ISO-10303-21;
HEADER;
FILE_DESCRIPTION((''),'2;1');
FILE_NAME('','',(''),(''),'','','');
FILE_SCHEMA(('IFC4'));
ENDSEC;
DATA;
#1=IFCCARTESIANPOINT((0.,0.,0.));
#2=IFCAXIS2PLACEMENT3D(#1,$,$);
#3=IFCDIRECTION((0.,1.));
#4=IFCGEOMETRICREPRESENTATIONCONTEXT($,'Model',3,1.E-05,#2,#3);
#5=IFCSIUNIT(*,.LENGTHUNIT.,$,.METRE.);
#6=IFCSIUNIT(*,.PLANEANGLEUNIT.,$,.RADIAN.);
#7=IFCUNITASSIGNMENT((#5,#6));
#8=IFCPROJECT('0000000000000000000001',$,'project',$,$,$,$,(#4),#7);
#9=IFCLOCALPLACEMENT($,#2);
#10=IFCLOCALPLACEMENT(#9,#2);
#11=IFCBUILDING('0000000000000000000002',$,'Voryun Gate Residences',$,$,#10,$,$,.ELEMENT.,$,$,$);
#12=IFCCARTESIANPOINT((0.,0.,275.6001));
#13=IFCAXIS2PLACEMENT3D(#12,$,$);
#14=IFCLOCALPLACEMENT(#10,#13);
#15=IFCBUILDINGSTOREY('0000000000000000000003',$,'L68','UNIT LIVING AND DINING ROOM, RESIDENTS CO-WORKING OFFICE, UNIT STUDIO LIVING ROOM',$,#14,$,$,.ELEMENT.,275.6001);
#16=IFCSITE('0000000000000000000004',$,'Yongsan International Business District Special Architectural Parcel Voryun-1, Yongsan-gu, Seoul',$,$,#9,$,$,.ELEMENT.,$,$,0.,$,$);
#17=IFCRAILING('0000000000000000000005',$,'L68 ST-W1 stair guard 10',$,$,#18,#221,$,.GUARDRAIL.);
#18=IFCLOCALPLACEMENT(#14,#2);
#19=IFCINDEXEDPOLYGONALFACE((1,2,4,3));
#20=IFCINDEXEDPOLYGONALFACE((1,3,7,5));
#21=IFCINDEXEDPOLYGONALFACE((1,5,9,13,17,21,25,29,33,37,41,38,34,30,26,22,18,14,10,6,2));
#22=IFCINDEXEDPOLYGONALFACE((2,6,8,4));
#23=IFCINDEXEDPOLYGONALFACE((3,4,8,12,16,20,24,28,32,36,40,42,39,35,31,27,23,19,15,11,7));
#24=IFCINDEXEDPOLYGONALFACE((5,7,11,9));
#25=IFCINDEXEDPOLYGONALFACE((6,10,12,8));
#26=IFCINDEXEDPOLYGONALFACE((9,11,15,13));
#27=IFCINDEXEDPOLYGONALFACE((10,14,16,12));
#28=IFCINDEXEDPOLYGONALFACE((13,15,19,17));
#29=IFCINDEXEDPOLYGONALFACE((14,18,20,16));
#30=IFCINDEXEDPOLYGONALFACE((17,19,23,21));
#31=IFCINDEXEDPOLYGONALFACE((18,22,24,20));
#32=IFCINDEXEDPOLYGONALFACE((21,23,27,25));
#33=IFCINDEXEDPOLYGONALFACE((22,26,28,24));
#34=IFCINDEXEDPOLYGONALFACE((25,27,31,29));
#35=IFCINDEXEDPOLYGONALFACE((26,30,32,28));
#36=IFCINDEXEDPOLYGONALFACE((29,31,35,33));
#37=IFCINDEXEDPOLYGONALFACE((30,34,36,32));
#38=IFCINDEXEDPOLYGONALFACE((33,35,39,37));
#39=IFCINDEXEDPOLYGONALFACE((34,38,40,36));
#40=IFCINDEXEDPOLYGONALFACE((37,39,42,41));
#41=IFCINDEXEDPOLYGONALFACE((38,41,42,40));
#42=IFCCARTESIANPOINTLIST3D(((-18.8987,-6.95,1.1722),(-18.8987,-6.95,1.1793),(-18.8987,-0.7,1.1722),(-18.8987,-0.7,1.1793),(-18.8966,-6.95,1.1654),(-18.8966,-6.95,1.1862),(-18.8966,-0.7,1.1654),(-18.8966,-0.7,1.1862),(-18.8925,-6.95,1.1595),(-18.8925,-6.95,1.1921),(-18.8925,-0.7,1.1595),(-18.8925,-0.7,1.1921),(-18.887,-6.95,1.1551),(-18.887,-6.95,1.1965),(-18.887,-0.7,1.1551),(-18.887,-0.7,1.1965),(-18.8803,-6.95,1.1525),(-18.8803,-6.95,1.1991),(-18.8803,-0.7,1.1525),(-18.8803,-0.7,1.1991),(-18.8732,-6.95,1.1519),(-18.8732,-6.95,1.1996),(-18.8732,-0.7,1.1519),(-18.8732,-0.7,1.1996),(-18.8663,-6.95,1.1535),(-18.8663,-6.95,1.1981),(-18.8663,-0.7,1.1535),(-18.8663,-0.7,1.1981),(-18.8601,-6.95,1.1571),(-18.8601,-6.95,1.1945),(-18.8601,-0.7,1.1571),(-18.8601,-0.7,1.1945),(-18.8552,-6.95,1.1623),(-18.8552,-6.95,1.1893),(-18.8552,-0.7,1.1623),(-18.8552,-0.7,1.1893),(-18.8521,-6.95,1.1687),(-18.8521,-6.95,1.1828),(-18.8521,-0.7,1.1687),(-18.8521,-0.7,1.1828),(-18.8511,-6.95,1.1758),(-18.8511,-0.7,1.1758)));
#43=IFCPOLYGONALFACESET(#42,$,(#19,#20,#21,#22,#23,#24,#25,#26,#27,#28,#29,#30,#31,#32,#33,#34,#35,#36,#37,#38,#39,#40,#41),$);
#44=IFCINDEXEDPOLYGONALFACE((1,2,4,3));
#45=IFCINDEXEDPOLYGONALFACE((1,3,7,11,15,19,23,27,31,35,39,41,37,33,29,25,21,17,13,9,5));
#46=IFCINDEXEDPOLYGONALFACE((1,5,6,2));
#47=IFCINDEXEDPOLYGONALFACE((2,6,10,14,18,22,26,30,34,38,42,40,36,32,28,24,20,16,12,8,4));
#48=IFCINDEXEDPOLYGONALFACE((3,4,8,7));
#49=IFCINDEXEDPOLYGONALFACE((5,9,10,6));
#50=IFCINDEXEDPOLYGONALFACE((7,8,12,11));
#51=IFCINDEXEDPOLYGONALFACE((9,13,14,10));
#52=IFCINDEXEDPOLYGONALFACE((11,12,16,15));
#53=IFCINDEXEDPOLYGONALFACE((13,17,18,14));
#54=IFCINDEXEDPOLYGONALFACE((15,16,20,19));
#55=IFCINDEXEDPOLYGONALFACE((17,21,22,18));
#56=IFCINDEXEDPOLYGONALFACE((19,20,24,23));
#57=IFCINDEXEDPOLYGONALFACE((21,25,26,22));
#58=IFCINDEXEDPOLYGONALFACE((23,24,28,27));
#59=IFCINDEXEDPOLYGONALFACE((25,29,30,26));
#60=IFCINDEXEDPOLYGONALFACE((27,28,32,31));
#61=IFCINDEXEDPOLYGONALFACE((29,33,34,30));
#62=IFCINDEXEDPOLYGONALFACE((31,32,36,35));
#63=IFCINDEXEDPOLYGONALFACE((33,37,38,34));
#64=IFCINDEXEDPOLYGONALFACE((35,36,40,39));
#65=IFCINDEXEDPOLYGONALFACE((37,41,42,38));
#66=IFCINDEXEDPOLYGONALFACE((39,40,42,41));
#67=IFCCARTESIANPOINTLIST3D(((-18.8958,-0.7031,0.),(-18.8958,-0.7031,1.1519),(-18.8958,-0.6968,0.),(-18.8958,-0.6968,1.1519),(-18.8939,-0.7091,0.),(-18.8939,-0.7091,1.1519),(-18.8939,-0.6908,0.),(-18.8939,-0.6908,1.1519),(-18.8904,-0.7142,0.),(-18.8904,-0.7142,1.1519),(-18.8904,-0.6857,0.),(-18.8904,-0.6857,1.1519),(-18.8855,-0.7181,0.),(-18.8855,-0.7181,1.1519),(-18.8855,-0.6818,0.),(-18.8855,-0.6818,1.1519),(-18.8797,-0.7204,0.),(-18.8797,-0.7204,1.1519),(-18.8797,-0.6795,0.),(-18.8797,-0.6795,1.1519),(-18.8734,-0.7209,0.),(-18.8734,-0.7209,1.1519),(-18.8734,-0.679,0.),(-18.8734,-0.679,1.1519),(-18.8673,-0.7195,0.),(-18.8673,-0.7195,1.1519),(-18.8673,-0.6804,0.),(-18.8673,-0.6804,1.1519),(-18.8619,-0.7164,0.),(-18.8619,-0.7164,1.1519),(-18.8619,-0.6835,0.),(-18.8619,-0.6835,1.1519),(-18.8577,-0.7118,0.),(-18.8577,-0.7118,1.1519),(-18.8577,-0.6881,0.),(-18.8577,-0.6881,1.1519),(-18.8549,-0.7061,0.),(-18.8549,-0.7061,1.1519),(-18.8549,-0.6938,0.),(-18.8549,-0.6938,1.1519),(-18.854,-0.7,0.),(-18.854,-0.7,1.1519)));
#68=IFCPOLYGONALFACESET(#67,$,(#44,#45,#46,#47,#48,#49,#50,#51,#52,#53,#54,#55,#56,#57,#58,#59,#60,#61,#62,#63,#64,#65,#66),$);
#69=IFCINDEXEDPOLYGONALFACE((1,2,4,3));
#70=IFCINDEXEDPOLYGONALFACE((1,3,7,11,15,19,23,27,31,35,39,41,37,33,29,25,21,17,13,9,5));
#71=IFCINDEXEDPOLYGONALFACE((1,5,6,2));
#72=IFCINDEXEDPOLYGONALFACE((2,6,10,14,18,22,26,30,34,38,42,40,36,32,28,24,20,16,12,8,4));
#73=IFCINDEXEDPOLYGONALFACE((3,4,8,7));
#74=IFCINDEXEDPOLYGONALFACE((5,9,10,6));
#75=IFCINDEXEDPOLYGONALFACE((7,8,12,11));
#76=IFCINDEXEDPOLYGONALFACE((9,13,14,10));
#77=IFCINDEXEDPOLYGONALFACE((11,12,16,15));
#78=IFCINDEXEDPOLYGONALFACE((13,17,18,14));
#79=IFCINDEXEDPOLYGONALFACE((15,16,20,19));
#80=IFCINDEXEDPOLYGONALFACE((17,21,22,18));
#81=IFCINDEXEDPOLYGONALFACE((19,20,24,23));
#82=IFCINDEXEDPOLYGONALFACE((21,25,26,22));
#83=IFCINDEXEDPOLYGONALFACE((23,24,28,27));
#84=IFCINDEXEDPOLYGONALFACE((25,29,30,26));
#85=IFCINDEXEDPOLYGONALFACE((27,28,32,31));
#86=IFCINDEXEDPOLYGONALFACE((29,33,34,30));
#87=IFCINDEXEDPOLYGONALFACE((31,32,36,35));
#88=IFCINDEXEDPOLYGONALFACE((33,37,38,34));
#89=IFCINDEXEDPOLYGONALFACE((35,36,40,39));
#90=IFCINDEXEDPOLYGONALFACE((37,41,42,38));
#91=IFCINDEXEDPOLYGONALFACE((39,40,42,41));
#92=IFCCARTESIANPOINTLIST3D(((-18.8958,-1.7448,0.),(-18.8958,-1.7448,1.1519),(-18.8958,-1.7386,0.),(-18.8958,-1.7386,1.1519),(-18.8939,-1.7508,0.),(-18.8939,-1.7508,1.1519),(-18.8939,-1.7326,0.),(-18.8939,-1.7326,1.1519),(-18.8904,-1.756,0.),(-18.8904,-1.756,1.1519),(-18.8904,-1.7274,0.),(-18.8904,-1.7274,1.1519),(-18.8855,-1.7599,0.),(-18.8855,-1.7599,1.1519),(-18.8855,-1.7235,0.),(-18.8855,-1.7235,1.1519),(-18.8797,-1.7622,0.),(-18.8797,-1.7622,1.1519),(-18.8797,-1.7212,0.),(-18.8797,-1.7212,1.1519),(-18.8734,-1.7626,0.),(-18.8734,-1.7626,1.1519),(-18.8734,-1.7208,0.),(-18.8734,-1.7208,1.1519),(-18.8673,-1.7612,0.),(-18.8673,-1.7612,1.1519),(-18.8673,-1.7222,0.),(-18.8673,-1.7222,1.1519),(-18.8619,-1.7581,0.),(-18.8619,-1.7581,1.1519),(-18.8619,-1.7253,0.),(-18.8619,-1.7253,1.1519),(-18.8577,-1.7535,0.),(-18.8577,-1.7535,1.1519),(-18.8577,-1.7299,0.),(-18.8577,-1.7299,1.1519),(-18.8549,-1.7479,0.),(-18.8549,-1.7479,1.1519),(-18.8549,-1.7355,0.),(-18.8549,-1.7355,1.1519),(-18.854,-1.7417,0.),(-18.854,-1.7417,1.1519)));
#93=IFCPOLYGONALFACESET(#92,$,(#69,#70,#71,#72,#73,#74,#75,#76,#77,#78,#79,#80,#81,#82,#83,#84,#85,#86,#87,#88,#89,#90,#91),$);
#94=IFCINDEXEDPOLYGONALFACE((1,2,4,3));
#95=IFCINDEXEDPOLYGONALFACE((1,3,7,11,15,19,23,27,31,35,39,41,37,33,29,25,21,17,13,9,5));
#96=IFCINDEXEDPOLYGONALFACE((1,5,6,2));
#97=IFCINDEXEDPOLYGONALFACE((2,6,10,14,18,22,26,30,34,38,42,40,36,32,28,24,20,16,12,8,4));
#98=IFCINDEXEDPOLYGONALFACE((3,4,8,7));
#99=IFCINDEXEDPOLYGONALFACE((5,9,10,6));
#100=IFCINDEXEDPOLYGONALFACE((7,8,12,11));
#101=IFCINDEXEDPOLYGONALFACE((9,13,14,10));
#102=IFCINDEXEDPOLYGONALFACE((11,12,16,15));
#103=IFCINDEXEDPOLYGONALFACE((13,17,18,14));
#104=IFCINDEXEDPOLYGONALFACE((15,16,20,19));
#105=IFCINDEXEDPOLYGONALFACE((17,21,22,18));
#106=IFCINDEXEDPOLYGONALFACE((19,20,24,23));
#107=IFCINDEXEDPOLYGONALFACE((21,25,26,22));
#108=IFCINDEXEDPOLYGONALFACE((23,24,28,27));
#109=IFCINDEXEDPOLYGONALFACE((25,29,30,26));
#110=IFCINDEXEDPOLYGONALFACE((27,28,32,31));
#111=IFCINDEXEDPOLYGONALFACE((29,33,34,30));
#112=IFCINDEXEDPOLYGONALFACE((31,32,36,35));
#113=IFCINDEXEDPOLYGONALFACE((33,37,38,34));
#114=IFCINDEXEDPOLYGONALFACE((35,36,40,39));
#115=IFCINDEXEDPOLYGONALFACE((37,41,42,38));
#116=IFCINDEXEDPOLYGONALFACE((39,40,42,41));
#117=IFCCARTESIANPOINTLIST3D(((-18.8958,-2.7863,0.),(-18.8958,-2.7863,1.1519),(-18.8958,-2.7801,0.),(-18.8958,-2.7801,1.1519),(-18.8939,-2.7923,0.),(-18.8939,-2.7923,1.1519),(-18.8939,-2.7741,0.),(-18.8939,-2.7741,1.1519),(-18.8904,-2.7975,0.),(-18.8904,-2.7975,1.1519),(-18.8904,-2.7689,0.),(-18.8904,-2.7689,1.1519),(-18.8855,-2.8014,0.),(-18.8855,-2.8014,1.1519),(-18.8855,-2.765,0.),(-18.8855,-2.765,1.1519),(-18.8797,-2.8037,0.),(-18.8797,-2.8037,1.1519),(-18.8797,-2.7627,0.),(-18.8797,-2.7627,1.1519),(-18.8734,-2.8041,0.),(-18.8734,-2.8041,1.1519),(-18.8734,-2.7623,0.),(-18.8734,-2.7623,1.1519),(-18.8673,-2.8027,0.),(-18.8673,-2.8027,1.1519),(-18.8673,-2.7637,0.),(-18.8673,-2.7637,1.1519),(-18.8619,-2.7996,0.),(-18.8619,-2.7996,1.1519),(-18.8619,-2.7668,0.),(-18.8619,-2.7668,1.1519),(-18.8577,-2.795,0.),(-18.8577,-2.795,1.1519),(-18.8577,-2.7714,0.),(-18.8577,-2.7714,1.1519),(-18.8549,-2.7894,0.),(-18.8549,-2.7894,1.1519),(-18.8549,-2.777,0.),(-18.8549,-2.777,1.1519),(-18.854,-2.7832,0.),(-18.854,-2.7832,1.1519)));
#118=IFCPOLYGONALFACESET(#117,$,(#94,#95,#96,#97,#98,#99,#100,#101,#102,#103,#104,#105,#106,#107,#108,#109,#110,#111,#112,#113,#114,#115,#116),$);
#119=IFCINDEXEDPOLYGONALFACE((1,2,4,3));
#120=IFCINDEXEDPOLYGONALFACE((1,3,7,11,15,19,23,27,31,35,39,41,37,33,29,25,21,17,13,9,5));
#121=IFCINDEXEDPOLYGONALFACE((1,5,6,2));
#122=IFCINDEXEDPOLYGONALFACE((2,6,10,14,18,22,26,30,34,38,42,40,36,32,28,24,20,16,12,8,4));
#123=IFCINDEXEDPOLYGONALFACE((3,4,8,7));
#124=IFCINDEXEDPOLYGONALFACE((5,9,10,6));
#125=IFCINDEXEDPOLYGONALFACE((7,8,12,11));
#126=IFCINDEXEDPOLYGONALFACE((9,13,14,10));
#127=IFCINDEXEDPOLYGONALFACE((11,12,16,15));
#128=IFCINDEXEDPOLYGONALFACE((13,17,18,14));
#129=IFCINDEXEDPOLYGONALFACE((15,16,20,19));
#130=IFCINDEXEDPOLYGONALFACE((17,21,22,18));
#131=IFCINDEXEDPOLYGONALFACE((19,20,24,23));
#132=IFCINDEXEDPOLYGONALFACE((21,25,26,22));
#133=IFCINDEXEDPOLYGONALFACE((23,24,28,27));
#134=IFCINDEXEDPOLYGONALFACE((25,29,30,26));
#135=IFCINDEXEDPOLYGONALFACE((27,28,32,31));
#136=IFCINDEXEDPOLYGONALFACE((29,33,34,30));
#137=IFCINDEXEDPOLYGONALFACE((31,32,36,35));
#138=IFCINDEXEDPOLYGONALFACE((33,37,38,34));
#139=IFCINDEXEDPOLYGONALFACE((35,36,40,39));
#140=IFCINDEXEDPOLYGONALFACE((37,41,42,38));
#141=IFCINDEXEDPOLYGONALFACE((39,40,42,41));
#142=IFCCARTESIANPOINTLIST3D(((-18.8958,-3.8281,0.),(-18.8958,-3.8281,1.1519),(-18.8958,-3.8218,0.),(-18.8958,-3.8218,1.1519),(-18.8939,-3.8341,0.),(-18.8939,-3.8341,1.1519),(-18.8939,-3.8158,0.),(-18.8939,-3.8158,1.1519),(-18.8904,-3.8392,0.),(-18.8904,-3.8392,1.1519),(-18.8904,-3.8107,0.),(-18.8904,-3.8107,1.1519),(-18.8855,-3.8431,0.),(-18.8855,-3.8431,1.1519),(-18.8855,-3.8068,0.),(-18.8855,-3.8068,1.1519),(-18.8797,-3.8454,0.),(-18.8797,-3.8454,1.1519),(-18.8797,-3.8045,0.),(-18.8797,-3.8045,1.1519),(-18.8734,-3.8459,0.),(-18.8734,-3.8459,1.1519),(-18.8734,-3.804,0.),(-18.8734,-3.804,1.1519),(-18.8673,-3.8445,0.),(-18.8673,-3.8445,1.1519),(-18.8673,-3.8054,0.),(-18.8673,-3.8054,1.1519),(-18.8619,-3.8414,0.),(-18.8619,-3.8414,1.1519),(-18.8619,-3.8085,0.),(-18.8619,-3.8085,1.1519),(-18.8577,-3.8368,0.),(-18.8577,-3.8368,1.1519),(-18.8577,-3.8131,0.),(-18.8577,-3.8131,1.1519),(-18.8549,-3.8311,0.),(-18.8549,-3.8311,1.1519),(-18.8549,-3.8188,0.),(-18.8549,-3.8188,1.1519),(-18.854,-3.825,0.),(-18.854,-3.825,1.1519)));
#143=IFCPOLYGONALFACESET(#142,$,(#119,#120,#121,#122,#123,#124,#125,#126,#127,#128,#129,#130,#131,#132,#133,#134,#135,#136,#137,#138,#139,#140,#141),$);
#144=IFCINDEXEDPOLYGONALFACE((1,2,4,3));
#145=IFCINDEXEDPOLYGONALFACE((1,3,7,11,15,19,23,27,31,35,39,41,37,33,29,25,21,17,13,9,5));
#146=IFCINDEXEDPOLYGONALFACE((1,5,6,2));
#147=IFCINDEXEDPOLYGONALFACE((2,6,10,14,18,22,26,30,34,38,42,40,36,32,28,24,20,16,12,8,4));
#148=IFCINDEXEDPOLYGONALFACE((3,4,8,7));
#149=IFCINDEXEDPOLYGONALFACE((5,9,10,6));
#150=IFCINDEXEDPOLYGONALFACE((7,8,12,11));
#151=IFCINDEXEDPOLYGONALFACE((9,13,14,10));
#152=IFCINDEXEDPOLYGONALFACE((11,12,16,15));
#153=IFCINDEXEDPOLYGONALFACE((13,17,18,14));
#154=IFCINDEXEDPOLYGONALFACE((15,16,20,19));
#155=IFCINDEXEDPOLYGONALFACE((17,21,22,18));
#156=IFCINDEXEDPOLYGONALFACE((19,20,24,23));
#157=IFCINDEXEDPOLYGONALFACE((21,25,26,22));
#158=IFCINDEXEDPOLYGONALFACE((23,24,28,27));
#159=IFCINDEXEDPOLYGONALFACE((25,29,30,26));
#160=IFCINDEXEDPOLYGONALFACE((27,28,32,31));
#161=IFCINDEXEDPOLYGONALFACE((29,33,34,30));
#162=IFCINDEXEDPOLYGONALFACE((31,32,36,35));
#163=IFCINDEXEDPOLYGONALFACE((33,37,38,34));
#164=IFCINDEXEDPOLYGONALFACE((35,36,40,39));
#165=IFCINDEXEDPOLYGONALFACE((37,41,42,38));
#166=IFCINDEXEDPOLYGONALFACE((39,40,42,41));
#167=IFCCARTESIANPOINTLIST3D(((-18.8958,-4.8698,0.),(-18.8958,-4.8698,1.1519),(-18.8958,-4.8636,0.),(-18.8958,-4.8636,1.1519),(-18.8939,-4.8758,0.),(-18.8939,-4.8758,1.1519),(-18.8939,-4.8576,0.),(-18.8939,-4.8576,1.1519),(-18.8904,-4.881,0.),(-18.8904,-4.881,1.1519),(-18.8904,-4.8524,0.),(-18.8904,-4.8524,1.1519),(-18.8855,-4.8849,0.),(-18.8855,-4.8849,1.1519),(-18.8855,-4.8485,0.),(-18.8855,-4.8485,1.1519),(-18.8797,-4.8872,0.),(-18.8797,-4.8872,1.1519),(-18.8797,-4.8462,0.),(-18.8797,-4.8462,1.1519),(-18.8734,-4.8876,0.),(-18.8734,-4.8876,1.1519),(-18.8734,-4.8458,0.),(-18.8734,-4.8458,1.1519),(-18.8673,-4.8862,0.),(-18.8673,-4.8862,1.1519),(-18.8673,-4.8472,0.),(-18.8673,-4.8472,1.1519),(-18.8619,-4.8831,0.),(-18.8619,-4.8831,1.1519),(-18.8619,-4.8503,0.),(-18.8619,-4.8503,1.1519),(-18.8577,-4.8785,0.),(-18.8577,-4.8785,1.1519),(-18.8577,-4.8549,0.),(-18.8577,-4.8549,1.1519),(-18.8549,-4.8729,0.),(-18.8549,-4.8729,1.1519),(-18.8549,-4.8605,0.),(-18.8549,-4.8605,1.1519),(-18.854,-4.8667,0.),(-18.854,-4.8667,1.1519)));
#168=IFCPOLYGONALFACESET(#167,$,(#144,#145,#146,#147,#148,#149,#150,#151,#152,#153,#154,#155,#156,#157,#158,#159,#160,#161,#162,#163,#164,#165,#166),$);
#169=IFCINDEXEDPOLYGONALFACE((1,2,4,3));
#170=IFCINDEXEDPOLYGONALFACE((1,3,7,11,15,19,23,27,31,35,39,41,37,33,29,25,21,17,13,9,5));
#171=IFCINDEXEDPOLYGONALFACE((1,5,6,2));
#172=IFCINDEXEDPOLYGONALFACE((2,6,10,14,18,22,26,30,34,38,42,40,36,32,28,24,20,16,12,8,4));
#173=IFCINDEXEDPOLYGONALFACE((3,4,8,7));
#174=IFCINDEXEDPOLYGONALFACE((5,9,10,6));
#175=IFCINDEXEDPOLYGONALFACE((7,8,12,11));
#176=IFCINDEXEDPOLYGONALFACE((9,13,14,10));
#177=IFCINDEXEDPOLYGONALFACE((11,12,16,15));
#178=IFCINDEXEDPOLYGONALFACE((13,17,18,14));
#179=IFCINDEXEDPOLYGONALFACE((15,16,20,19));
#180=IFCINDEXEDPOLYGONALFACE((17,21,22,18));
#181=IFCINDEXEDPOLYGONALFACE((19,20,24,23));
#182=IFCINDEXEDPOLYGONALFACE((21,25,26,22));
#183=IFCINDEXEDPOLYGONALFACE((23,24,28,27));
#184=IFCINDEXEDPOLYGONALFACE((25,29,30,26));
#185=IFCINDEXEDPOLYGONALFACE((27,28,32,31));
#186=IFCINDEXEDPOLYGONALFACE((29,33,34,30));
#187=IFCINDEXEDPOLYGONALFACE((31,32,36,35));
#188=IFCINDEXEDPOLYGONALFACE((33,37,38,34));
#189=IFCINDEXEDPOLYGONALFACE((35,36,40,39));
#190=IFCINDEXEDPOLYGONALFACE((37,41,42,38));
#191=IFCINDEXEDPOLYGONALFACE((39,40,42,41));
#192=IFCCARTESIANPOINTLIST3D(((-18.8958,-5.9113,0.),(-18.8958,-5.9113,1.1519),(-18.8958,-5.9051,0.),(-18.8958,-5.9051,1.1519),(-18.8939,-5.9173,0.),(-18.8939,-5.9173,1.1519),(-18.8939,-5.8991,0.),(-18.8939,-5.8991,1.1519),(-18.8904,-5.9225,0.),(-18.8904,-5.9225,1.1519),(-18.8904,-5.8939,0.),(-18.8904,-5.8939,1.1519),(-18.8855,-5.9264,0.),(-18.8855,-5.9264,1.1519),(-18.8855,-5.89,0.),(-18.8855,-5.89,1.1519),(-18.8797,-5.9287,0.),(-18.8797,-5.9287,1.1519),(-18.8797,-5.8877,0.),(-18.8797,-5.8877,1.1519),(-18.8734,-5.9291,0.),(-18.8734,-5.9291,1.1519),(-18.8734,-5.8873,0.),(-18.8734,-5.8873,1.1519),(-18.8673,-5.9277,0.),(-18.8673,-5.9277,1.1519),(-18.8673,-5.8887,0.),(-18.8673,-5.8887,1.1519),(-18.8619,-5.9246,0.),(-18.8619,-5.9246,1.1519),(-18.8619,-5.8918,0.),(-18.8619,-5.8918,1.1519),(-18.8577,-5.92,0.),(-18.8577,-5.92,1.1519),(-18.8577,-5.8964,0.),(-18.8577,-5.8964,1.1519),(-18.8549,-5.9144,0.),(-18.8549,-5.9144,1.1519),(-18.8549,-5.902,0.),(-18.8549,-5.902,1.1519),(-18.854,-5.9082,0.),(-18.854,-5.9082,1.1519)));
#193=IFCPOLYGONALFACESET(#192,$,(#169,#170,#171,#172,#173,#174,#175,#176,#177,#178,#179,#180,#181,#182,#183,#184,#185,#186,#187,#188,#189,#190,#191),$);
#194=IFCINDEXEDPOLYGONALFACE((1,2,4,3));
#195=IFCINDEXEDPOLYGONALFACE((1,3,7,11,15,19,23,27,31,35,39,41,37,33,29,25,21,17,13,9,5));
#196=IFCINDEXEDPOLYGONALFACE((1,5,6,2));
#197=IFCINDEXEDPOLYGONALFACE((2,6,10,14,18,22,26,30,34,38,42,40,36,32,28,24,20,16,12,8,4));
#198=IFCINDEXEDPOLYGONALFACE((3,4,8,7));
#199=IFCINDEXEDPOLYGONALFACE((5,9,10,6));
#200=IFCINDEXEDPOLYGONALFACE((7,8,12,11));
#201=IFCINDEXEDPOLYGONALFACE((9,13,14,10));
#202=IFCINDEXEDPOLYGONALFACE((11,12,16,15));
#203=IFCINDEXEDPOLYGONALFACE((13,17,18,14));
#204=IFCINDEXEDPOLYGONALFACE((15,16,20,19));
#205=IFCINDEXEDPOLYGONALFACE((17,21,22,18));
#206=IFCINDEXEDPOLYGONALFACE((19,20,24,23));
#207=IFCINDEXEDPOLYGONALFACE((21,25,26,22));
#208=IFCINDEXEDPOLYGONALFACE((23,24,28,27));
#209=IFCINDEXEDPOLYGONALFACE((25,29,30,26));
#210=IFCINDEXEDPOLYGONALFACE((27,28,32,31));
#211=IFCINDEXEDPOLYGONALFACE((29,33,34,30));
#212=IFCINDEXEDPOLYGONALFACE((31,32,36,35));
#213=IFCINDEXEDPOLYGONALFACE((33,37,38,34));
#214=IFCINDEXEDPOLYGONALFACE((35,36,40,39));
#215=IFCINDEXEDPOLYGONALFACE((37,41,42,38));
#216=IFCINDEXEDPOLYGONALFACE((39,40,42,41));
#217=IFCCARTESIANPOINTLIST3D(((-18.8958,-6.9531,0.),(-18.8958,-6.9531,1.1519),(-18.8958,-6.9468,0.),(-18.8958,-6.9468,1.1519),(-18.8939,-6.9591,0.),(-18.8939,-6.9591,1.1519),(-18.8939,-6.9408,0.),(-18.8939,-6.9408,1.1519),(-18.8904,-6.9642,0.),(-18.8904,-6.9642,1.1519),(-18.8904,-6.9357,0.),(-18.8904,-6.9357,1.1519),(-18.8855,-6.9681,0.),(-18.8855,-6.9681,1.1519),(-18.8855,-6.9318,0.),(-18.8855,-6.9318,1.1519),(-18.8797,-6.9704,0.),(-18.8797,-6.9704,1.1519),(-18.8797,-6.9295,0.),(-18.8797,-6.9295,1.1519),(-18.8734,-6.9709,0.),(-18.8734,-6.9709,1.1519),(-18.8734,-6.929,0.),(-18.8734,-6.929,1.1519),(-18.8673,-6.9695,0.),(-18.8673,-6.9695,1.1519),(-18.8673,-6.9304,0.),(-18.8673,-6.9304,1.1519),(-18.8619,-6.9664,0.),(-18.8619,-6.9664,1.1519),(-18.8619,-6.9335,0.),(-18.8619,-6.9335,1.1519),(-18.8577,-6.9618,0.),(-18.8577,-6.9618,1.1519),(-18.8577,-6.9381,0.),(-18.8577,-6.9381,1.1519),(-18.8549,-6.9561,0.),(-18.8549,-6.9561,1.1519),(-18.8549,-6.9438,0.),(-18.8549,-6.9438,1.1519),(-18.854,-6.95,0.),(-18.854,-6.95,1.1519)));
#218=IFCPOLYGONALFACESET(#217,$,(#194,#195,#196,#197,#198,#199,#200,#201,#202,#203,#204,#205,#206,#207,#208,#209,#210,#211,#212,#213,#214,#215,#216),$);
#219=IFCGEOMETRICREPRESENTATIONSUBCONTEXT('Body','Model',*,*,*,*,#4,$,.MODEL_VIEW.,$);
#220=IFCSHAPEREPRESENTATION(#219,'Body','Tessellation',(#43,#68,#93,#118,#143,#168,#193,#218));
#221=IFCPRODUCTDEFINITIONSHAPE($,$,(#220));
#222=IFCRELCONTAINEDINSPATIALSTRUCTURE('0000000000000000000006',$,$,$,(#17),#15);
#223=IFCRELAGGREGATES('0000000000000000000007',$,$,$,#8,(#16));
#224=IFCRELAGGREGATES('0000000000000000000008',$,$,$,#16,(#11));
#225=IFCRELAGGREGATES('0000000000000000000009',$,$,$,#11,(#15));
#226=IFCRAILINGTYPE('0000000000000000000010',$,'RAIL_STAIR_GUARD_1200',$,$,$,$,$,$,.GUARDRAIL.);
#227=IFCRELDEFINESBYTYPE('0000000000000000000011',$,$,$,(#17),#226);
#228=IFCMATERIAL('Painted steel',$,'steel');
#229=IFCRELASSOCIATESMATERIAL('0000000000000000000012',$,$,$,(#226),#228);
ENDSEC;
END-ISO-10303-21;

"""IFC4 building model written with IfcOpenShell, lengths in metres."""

from ifc_helpers import new_model, si_unit, direction, frame, origin, origin_2d, place, context, subcontext, project, spatial, circle, extrude, material, type_object, element, save


model = new_model("IFC4")

# Units and contexts
model_context = context("Model", 3, precision=1e-05, world=origin(), true_north=direction((0.0, 1.0)))
body_context = subcontext(model_context, "Body", "Model", "MODEL_VIEW")
ifc_project = project(units=[si_unit("LENGTHUNIT", "METRE"), si_unit("PLANEANGLEUNIT", "RADIAN")], contexts=[model_context])

# Site, building, storey
site_placement = place(None, origin())
site = spatial("IfcSite", under=ifc_project, at=site_placement, Name="Yongsan International Business District Special Architectural Parcel Voryun-1, Yongsan-gu, Seoul", CompositionType="ELEMENT", RefElevation=0.0)
building_placement = place(site_placement, origin())
building = spatial("IfcBuilding", under=site, at=building_placement, Name="Voryun Gate Residences", CompositionType="ELEMENT")
storey_placement = place(building_placement, frame((0.0, 0.0, 275.6001)))
storey = spatial("IfcBuildingStorey", under=building, at=storey_placement, Name="L68", Description="UNIT LIVING AND DINING ROOM, RESIDENTS CO-WORKING OFFICE, UNIT STUDIO LIVING ROOM", CompositionType="ELEMENT", Elevation=275.6001)

# Railing
ifc_material_1 = material(Name="Painted steel", Category="steel")
railing_type_1 = type_object("IfcRailingType", Name="RAIL_STAIR_GUARD_1200", PredefinedType="GUARDRAIL", material=ifc_material_1)
railing_1_placement = place(storey_placement, frame((-18.875, -0.7, 0.0)))
element("IfcRailing", 1, at=railing_1_placement, inside=storey, type_object=railing_type_1, Name="L68 ST-W1 stair guard 10", PredefinedType="GUARDRAIL", context=body_context, shape_type="SweptSolid", body=[
    extrude(circle(Radius=0.0239, at=origin_2d()), frame((0.0, 0.0, 1.1758), z_axis=(0.0, -1.0, 0.0), x_axis=(1.0, 0.0, 0.0)), (0.0, 0.0, 1.0), 6.25),
    extrude(circle(Radius=0.021, at=origin_2d()), origin(), (0.0, 0.0, 1.0), 1.1519),
    extrude(circle(Radius=0.021, at=origin_2d()), frame((0.0, -1.0417, 0.0)), (0.0, 0.0, 1.0), 1.1519),
    extrude(circle(Radius=0.021, at=origin_2d()), frame((0.0, -2.0833, 0.0)), (0.0, 0.0, 1.0), 1.1519),
    extrude(circle(Radius=0.021, at=origin_2d()), frame((0.0, -3.125, 0.0)), (0.0, 0.0, 1.0), 1.1519),
    extrude(circle(Radius=0.021, at=origin_2d()), frame((0.0, -4.1667, 0.0)), (0.0, 0.0, 1.0), 1.1519),
    extrude(circle(Radius=0.021, at=origin_2d()), frame((0.0, -5.2083, 0.0)), (0.0, 0.0, 1.0), 1.1519),
    extrude(circle(Radius=0.021, at=origin_2d()), frame((0.0, -6.25, 0.0)), (0.0, 0.0, 1.0), 1.1519),
])

save(model, "model.ifc")
